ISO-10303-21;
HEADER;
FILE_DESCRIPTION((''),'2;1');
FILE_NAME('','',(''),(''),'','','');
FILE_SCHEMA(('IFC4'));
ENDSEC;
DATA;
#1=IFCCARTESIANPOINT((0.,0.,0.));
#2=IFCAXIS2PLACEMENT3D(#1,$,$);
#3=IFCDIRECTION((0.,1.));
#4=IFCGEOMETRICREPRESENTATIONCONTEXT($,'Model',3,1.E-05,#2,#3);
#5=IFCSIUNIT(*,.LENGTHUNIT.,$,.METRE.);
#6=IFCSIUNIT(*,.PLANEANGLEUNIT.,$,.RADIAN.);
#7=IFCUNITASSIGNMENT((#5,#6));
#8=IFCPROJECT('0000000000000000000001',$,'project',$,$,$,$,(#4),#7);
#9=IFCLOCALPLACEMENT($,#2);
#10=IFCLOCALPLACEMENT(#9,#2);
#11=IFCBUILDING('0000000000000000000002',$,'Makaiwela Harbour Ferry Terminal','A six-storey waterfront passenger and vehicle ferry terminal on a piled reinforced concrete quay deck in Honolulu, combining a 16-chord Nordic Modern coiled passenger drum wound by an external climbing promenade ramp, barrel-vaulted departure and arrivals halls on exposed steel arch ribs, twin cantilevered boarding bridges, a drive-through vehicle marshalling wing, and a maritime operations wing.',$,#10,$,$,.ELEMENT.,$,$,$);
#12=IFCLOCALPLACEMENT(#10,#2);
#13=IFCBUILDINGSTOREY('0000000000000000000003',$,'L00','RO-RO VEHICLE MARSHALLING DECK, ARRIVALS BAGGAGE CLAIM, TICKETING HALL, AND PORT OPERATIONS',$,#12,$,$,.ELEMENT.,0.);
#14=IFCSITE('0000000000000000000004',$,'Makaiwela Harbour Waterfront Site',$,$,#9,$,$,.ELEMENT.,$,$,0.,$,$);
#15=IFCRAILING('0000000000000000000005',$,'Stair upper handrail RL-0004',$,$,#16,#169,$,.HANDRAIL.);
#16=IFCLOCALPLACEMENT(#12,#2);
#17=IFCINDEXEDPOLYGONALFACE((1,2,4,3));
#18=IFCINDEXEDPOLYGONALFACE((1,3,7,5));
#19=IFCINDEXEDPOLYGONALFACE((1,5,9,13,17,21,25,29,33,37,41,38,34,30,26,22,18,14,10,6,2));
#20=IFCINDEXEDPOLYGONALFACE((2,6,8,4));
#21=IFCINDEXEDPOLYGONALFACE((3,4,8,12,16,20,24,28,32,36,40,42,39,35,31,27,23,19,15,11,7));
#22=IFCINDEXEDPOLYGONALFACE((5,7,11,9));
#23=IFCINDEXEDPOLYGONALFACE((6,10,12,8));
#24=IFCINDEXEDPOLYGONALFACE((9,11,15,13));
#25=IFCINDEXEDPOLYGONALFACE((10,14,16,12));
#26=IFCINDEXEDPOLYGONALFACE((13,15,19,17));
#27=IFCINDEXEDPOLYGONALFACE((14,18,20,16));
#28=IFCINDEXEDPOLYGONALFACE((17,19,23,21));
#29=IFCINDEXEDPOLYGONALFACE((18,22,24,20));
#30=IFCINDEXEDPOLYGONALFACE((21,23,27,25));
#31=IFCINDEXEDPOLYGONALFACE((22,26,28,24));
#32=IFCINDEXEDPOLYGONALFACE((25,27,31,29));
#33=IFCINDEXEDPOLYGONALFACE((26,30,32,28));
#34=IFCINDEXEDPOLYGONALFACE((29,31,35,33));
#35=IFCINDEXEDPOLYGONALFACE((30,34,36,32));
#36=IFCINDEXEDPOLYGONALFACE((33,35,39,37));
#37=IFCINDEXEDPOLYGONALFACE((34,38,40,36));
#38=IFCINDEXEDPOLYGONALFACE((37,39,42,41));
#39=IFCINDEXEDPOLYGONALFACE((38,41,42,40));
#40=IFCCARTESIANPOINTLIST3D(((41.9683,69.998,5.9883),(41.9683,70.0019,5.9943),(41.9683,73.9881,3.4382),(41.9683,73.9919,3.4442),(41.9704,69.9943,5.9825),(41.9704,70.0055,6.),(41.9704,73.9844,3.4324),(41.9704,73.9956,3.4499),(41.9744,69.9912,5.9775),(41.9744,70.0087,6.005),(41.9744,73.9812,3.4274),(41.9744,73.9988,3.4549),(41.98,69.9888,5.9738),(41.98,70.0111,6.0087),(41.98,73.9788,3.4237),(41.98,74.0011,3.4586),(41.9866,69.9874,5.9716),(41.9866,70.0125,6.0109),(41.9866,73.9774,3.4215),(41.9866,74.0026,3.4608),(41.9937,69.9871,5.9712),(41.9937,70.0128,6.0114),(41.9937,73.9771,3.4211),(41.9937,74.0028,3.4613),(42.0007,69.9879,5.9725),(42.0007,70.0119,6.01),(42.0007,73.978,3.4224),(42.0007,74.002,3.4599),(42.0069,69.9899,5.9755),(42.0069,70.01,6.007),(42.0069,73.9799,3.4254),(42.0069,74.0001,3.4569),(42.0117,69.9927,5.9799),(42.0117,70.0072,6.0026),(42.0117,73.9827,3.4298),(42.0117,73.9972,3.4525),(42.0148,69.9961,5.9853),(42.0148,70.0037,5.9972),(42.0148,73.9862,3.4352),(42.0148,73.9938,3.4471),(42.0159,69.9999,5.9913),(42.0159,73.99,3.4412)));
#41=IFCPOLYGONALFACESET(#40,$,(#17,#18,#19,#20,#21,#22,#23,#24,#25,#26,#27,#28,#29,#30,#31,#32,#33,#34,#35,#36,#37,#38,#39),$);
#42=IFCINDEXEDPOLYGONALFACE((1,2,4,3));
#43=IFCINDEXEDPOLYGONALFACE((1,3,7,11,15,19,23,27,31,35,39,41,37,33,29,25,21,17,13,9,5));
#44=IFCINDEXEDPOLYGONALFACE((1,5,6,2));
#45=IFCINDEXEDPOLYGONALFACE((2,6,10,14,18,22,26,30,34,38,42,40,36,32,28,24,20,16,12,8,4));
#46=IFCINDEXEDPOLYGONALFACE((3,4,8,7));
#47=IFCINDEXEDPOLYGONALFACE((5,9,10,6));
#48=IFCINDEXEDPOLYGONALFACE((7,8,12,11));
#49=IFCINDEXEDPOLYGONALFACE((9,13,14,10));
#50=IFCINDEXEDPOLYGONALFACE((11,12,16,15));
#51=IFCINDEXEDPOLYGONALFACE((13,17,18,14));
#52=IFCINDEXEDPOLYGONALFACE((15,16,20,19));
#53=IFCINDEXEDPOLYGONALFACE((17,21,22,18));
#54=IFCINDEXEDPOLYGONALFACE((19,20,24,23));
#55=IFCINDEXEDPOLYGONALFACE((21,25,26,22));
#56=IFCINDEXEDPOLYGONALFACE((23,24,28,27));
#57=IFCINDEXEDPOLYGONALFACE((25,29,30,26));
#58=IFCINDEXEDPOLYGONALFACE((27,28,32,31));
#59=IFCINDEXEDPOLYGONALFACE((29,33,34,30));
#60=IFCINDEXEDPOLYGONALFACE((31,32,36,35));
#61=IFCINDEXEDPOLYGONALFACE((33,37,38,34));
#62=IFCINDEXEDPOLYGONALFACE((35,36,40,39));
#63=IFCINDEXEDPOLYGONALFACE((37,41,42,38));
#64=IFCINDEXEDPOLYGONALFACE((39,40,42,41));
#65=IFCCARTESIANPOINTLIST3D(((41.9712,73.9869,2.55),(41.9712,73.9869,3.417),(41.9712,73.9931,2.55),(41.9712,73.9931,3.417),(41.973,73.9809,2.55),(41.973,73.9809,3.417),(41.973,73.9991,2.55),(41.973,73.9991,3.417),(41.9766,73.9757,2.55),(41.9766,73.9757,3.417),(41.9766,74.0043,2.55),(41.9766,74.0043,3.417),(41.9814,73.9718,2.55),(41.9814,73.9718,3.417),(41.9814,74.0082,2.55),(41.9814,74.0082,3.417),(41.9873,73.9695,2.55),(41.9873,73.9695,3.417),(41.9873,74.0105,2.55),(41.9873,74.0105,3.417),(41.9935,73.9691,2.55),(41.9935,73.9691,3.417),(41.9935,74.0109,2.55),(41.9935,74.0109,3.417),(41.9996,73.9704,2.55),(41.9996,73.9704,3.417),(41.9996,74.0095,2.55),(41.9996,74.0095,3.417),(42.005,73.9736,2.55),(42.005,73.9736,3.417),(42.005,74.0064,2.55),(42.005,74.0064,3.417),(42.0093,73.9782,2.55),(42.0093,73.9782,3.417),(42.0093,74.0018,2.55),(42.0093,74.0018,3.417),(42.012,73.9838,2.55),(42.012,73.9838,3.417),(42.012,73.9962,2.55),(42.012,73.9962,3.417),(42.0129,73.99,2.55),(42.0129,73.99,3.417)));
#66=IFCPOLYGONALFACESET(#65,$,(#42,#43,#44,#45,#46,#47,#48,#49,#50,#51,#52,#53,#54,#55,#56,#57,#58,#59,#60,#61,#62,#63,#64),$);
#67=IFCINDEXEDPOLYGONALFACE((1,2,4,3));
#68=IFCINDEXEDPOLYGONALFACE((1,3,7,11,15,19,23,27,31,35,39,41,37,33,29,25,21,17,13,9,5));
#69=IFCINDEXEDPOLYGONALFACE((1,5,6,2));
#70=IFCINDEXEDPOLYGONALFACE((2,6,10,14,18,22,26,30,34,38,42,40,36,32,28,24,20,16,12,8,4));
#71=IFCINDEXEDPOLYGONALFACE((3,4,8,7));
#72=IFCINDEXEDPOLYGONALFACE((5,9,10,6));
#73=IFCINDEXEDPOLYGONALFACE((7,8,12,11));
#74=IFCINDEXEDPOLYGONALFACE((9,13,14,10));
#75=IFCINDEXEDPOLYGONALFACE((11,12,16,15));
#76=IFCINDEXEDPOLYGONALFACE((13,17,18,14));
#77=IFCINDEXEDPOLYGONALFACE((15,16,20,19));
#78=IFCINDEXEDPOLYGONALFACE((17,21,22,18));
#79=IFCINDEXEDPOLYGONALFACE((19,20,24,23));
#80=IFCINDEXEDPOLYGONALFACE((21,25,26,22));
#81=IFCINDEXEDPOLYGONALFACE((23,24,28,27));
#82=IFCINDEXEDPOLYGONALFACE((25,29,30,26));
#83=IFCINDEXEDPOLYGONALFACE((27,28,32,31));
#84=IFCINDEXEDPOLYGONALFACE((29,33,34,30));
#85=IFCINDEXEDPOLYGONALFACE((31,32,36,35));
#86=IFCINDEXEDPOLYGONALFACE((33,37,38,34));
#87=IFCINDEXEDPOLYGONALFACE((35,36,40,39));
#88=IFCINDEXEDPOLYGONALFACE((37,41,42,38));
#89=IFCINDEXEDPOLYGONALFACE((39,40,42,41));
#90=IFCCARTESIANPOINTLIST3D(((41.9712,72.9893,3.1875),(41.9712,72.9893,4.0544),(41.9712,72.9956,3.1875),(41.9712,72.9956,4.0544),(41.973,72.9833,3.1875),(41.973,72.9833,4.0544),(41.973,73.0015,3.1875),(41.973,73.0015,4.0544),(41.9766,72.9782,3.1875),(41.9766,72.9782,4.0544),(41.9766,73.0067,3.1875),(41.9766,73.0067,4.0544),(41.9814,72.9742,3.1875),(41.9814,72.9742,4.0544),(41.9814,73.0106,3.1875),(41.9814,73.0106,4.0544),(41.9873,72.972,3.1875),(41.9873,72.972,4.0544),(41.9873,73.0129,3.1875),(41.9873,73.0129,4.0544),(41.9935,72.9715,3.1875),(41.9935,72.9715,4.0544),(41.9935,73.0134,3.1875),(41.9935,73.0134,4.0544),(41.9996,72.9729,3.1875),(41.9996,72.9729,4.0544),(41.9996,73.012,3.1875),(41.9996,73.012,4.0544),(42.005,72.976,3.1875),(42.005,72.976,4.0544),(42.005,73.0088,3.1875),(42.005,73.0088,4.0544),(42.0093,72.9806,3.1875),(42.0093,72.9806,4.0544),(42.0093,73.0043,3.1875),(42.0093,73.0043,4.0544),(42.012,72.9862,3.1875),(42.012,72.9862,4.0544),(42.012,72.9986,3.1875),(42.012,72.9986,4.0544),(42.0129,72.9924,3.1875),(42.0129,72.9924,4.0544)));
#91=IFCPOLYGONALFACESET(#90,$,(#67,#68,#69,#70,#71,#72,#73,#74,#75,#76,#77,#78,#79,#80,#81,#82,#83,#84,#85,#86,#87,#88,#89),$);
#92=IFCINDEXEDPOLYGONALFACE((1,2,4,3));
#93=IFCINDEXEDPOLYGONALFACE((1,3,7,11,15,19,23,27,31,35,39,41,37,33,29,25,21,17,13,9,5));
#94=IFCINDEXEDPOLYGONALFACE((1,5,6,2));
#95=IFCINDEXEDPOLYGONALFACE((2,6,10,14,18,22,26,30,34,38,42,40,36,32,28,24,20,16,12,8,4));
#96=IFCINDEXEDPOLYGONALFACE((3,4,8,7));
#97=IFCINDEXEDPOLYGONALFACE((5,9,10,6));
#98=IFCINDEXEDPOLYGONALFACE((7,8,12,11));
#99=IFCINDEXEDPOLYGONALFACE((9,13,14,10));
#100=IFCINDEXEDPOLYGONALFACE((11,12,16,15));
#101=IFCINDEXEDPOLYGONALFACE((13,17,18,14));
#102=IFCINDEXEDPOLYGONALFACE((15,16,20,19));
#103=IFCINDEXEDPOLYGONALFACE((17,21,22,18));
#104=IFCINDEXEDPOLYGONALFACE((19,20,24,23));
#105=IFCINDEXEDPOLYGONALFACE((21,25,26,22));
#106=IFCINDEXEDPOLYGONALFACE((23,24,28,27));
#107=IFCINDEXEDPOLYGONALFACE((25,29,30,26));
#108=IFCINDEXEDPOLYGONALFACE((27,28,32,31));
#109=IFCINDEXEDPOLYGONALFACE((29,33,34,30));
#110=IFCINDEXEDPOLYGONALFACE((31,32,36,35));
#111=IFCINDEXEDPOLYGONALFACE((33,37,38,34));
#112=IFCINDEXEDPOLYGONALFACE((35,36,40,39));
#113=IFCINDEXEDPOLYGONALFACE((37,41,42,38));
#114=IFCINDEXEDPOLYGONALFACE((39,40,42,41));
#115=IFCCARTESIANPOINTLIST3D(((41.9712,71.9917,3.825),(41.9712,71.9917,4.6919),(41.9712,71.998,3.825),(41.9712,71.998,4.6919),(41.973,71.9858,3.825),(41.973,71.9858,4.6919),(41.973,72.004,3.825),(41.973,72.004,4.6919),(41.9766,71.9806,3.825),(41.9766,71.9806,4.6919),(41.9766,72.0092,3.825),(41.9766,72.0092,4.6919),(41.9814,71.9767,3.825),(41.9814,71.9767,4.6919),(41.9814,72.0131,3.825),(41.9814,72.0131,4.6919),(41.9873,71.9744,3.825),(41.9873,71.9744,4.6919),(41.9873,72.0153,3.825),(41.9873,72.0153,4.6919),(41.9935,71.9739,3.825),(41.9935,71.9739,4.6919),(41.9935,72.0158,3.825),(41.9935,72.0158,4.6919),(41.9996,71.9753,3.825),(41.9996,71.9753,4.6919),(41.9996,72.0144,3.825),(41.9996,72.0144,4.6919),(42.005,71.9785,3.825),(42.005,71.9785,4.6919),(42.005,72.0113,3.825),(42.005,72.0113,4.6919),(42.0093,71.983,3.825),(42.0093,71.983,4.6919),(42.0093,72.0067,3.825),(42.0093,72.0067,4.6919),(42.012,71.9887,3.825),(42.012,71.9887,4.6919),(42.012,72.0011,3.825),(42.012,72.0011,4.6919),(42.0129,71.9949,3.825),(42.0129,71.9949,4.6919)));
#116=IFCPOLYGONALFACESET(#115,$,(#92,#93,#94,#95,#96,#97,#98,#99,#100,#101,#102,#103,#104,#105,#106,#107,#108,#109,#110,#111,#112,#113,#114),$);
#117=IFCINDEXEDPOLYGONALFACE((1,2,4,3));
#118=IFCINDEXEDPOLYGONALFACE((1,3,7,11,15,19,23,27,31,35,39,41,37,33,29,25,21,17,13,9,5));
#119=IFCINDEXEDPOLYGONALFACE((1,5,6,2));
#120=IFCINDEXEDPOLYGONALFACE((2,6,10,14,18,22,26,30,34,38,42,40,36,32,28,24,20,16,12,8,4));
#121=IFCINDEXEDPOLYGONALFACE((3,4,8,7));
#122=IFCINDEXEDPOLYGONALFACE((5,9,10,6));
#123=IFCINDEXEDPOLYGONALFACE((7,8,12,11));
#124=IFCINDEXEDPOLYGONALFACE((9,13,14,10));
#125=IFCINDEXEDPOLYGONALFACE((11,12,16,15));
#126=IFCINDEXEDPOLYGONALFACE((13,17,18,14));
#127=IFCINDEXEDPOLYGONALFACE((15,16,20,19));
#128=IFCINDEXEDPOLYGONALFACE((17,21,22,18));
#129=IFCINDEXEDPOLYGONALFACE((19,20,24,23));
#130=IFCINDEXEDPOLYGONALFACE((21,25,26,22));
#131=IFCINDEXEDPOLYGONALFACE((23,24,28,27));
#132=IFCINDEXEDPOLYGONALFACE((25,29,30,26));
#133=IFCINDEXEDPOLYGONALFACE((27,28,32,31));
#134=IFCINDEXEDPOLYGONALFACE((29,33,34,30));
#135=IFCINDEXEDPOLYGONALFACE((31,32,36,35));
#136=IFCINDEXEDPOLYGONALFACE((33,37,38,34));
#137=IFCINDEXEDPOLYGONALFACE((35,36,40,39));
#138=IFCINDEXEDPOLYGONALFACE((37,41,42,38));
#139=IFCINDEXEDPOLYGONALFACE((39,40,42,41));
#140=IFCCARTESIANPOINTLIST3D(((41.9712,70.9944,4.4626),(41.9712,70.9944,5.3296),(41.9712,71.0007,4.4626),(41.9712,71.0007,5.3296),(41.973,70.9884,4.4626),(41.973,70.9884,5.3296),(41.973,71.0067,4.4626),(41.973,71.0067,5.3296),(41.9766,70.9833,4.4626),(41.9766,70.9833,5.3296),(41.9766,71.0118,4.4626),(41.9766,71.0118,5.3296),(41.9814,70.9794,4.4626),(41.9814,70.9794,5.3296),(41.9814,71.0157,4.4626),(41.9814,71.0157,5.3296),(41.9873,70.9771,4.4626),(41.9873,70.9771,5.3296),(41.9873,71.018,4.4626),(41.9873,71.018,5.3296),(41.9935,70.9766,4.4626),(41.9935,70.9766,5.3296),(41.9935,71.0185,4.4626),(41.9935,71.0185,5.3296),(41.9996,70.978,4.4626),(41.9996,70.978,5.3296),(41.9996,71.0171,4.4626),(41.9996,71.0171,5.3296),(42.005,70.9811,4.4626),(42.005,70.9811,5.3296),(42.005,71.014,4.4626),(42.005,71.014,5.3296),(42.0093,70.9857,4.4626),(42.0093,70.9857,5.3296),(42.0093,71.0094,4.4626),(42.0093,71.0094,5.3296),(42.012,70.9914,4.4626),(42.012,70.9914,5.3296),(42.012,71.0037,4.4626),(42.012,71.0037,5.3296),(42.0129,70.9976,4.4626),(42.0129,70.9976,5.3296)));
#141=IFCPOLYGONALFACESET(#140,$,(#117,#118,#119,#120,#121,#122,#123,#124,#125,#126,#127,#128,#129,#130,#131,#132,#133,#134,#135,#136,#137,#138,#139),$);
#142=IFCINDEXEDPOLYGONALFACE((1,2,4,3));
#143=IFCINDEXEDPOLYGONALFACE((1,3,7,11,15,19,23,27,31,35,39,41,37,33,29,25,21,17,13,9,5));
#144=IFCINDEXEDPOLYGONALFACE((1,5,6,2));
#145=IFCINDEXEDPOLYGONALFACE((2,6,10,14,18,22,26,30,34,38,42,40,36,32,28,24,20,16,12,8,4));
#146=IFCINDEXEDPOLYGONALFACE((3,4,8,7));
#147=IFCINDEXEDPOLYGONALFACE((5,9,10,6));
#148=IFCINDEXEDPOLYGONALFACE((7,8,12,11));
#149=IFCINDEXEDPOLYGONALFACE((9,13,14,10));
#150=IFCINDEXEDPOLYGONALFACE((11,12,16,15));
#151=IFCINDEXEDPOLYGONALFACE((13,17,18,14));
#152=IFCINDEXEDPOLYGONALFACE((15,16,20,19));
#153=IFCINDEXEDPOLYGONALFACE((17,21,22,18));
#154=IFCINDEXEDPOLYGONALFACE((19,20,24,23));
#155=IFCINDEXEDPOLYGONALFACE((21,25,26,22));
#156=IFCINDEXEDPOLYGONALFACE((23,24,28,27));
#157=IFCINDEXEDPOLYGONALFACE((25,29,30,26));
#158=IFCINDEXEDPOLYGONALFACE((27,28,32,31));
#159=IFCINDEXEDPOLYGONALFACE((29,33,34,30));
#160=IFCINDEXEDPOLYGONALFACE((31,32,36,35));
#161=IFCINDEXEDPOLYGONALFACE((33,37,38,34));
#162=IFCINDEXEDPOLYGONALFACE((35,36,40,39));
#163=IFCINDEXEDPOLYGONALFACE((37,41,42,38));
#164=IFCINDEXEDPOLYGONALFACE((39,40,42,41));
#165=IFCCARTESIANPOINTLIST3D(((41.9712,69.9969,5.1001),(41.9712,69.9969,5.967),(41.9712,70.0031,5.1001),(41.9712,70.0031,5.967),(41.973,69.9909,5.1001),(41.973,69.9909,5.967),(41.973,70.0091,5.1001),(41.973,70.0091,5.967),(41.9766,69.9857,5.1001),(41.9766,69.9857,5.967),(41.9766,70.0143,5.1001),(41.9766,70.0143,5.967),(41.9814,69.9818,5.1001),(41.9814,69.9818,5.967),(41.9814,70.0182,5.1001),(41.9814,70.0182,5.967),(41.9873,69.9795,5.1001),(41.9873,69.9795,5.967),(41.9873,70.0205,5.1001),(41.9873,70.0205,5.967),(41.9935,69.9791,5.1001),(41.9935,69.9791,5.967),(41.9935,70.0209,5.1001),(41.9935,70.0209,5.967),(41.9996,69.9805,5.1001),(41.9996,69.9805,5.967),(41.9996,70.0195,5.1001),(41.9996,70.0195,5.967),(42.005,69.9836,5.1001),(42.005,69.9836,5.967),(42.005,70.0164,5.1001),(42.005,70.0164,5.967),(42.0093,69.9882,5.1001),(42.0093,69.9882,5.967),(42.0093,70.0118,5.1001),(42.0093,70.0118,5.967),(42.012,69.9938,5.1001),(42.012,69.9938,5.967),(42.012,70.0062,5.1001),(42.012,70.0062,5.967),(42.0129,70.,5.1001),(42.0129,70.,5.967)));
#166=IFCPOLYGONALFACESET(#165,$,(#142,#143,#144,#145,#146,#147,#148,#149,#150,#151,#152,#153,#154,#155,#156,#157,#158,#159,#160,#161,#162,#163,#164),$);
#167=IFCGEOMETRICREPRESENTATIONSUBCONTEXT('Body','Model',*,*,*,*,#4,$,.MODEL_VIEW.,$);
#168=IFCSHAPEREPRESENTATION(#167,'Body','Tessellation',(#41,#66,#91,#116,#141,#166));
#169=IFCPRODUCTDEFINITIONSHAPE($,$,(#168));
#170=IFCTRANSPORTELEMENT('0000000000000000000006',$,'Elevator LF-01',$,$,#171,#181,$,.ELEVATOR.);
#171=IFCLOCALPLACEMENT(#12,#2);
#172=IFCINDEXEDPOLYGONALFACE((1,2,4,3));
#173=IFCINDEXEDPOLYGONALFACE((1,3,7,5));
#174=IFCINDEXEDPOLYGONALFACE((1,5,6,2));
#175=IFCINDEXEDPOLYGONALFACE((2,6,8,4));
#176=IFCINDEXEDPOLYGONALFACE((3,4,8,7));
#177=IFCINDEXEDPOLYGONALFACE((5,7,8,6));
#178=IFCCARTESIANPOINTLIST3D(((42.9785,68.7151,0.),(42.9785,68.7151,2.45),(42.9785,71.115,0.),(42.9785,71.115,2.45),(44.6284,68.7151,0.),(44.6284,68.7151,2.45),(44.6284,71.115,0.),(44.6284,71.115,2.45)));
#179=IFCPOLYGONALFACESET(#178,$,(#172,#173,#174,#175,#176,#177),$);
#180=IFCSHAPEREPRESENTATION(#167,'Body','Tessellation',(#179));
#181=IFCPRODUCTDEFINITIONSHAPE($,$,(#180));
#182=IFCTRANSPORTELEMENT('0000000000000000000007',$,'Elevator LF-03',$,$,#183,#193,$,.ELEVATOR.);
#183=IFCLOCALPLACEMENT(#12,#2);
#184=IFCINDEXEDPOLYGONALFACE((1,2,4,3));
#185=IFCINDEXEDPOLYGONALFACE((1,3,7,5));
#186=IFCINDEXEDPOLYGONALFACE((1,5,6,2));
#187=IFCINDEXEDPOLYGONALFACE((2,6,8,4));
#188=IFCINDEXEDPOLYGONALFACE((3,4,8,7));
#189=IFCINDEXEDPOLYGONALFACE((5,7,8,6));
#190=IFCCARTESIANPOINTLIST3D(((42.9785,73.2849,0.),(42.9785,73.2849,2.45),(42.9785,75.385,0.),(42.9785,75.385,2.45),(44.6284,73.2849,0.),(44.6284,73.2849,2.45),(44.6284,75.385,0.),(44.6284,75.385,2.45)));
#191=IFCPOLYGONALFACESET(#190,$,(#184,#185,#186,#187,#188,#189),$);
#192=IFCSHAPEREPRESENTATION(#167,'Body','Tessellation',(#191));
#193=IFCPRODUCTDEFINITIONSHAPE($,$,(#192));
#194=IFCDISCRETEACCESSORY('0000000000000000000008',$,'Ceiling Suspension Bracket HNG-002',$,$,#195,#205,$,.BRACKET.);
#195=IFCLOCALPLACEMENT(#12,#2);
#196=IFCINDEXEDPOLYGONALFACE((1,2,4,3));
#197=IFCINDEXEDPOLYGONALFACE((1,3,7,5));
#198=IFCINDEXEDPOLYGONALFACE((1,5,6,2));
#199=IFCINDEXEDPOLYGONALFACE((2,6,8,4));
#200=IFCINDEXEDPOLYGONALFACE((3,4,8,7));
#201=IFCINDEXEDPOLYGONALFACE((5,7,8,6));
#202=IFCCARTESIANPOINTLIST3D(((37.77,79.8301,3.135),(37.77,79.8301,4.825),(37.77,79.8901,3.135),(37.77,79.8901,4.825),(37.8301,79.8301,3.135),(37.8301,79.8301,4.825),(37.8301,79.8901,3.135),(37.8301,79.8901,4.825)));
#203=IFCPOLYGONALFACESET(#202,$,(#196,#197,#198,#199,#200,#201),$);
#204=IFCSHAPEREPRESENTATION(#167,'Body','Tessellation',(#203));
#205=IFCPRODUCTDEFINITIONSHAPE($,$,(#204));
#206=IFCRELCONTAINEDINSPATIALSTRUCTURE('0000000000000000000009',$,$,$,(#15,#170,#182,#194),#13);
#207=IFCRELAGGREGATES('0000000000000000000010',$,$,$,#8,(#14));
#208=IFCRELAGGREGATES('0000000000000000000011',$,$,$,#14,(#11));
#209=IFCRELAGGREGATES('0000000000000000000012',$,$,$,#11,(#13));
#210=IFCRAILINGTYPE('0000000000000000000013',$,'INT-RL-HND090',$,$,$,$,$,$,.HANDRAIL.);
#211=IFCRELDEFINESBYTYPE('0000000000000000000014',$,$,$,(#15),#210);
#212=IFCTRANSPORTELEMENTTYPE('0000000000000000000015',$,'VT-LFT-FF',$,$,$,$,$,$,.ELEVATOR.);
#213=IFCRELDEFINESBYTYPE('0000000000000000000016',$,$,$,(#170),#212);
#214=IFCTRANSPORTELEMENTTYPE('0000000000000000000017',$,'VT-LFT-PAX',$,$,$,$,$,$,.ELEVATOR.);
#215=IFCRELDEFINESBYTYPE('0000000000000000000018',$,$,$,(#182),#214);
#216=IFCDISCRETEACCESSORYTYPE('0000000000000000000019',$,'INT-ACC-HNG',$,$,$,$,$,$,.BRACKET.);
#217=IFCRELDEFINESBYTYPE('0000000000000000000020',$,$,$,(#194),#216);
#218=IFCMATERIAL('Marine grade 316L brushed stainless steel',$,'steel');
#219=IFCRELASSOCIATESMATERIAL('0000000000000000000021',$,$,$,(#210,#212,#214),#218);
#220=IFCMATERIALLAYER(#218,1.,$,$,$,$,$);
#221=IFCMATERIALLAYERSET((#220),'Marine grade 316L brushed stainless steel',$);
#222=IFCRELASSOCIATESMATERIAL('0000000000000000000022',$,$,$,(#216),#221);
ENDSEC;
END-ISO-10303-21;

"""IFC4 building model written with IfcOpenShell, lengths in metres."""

from ifc_helpers import new_model, si_unit, direction, frame, origin, origin_2d, place, context, subcontext, project, spatial, rectangle, circle, extrude, material, layer, layer_set, type_object, element, save


model = new_model("IFC4")

# Units and contexts
model_context = context("Model", 3, precision=1e-05, world=origin(), true_north=direction((0.0, 1.0)))
body_context = subcontext(model_context, "Body", "Model", "MODEL_VIEW")
ifc_project = project(units=[si_unit("LENGTHUNIT", "METRE"), si_unit("PLANEANGLEUNIT", "RADIAN")], contexts=[model_context])

# Site, building, storey
site_placement = place(None, origin())
site = spatial("IfcSite", under=ifc_project, at=site_placement, Name="Makaiwela Harbour Waterfront Site", CompositionType="ELEMENT", RefElevation=0.0)
building_placement = place(site_placement, origin())
building = spatial("IfcBuilding", under=site, at=building_placement, Name="Makaiwela Harbour Ferry Terminal", Description="A six-storey waterfront passenger and vehicle ferry terminal on a piled reinforced concrete quay deck in Honolulu, combining a 16-chord Nordic Modern coiled passenger drum wound by an external climbing promenade ramp, barrel-vaulted departure and arrivals halls on exposed steel arch ribs, twin cantilevered boarding bridges, a drive-through vehicle marshalling wing, and a maritime operations wing.", CompositionType="ELEMENT")
storey_placement = place(building_placement, origin())
storey = spatial("IfcBuildingStorey", under=building, at=storey_placement, Name="L00", Description="RO-RO VEHICLE MARSHALLING DECK, ARRIVALS BAGGAGE CLAIM, TICKETING HALL, AND PORT OPERATIONS", CompositionType="ELEMENT", Elevation=0.0)

# Shared definitions
ifc_material_1 = material(Name="Marine grade 316L brushed stainless steel", Category="steel")

# Railing
railing_type_1 = type_object("IfcRailingType", Name="INT-RL-HND090", PredefinedType="HANDRAIL", material=ifc_material_1)
railing_1_placement = place(storey_placement, frame((41.9919, 73.99, 2.55)))
element("IfcRailing", 1, at=railing_1_placement, inside=storey, type_object=railing_type_1, Name="Stair upper handrail RL-0004", PredefinedType="HANDRAIL", context=body_context, shape_type="SweptSolid", body=[
    extrude(circle(Radius=0.0239, at=origin_2d()), frame((0.0, 0.0, 0.8911), z_axis=(0.0, -0.842611, 0.538523), x_axis=(1.0, 0.0, 0.0)), (0.0, 0.0, 1.0), 4.7354),
    extrude(circle(Radius=0.021, at=origin_2d()), origin(), (0.0, 0.0, 1.0), 0.8669),
    extrude(circle(Radius=0.021, at=origin_2d()), frame((0.0, -0.9976, 0.6375)), (0.0, 0.0, 1.0), 0.8669),
    extrude(circle(Radius=0.021, at=origin_2d()), frame((0.0, -1.9951, 1.2749)), (0.0, 0.0, 1.0), 0.8669),
    extrude(circle(Radius=0.021, at=origin_2d()), frame((0.0, -2.9924, 1.9126)), (0.0, 0.0, 1.0), 0.8669),
    extrude(circle(Radius=0.021, at=origin_2d()), frame((0.0, -3.99, 2.55)), (0.0, 0.0, 1.0), 0.8669),
])

# Transport elements
transport_element_type_1 = type_object("IfcTransportElementType", Name="VT-LFT-FF", PredefinedType="ELEVATOR", material=ifc_material_1)
transport_element_1_placement = place(storey_placement, frame((43.8035, 69.915, 0.0), z_axis=(0.0, 0.0, 1.0), x_axis=(1.0, 0.0, 0.0)))
element("IfcTransportElement", 2, at=transport_element_1_placement, inside=storey, type_object=transport_element_type_1, Name="Elevator LF-01", PredefinedType="ELEVATOR", context=body_context, shape_type="SweptSolid", body=[
    extrude(rectangle(XDim=1.6499, YDim=2.3999, at=origin_2d()), origin(), (0.0, 0.0, 1.0), 2.45),
])
transport_element_type_2 = type_object("IfcTransportElementType", Name="VT-LFT-PAX", PredefinedType="ELEVATOR", material=ifc_material_1)
transport_element_2_placement = place(storey_placement, frame((43.8035, 74.335, 0.0), z_axis=(0.0, 0.0, 1.0), x_axis=(1.0, 0.0, 0.0)))
element("IfcTransportElement", 3, at=transport_element_2_placement, inside=storey, type_object=transport_element_type_2, Name="Elevator LF-03", PredefinedType="ELEVATOR", context=body_context, shape_type="SweptSolid", body=[
    extrude(rectangle(XDim=1.6499, YDim=2.1001, at=origin_2d()), origin(), (0.0, 0.0, 1.0), 2.45),
])

# Discrete accessory
ifc_layer_1 = layer(ifc_material_1, 1.0)
ifc_layer_set_1 = layer_set([ifc_layer_1], Name="Marine grade 316L brushed stainless steel")
discrete_accessory_type = type_object("IfcDiscreteAccessoryType", Name="INT-ACC-HNG", PredefinedType="BRACKET", material=ifc_layer_set_1)
discrete_accessory_placement = place(storey_placement, frame((37.8, 79.8601, 3.135), z_axis=(0.0, 0.0, 1.0), x_axis=(1.0, 0.0, 0.0)))
element("IfcDiscreteAccessory", 4, at=discrete_accessory_placement, inside=storey, type_object=discrete_accessory_type, Name="Ceiling Suspension Bracket HNG-002", PredefinedType="BRACKET", context=body_context, shape_type="SweptSolid", body=[
    extrude(rectangle(XDim=0.0601, YDim=0.0601, at=origin_2d()), origin(), (0.0, 0.0, 1.0), 1.6899),
])

save(model, "model.ifc")
